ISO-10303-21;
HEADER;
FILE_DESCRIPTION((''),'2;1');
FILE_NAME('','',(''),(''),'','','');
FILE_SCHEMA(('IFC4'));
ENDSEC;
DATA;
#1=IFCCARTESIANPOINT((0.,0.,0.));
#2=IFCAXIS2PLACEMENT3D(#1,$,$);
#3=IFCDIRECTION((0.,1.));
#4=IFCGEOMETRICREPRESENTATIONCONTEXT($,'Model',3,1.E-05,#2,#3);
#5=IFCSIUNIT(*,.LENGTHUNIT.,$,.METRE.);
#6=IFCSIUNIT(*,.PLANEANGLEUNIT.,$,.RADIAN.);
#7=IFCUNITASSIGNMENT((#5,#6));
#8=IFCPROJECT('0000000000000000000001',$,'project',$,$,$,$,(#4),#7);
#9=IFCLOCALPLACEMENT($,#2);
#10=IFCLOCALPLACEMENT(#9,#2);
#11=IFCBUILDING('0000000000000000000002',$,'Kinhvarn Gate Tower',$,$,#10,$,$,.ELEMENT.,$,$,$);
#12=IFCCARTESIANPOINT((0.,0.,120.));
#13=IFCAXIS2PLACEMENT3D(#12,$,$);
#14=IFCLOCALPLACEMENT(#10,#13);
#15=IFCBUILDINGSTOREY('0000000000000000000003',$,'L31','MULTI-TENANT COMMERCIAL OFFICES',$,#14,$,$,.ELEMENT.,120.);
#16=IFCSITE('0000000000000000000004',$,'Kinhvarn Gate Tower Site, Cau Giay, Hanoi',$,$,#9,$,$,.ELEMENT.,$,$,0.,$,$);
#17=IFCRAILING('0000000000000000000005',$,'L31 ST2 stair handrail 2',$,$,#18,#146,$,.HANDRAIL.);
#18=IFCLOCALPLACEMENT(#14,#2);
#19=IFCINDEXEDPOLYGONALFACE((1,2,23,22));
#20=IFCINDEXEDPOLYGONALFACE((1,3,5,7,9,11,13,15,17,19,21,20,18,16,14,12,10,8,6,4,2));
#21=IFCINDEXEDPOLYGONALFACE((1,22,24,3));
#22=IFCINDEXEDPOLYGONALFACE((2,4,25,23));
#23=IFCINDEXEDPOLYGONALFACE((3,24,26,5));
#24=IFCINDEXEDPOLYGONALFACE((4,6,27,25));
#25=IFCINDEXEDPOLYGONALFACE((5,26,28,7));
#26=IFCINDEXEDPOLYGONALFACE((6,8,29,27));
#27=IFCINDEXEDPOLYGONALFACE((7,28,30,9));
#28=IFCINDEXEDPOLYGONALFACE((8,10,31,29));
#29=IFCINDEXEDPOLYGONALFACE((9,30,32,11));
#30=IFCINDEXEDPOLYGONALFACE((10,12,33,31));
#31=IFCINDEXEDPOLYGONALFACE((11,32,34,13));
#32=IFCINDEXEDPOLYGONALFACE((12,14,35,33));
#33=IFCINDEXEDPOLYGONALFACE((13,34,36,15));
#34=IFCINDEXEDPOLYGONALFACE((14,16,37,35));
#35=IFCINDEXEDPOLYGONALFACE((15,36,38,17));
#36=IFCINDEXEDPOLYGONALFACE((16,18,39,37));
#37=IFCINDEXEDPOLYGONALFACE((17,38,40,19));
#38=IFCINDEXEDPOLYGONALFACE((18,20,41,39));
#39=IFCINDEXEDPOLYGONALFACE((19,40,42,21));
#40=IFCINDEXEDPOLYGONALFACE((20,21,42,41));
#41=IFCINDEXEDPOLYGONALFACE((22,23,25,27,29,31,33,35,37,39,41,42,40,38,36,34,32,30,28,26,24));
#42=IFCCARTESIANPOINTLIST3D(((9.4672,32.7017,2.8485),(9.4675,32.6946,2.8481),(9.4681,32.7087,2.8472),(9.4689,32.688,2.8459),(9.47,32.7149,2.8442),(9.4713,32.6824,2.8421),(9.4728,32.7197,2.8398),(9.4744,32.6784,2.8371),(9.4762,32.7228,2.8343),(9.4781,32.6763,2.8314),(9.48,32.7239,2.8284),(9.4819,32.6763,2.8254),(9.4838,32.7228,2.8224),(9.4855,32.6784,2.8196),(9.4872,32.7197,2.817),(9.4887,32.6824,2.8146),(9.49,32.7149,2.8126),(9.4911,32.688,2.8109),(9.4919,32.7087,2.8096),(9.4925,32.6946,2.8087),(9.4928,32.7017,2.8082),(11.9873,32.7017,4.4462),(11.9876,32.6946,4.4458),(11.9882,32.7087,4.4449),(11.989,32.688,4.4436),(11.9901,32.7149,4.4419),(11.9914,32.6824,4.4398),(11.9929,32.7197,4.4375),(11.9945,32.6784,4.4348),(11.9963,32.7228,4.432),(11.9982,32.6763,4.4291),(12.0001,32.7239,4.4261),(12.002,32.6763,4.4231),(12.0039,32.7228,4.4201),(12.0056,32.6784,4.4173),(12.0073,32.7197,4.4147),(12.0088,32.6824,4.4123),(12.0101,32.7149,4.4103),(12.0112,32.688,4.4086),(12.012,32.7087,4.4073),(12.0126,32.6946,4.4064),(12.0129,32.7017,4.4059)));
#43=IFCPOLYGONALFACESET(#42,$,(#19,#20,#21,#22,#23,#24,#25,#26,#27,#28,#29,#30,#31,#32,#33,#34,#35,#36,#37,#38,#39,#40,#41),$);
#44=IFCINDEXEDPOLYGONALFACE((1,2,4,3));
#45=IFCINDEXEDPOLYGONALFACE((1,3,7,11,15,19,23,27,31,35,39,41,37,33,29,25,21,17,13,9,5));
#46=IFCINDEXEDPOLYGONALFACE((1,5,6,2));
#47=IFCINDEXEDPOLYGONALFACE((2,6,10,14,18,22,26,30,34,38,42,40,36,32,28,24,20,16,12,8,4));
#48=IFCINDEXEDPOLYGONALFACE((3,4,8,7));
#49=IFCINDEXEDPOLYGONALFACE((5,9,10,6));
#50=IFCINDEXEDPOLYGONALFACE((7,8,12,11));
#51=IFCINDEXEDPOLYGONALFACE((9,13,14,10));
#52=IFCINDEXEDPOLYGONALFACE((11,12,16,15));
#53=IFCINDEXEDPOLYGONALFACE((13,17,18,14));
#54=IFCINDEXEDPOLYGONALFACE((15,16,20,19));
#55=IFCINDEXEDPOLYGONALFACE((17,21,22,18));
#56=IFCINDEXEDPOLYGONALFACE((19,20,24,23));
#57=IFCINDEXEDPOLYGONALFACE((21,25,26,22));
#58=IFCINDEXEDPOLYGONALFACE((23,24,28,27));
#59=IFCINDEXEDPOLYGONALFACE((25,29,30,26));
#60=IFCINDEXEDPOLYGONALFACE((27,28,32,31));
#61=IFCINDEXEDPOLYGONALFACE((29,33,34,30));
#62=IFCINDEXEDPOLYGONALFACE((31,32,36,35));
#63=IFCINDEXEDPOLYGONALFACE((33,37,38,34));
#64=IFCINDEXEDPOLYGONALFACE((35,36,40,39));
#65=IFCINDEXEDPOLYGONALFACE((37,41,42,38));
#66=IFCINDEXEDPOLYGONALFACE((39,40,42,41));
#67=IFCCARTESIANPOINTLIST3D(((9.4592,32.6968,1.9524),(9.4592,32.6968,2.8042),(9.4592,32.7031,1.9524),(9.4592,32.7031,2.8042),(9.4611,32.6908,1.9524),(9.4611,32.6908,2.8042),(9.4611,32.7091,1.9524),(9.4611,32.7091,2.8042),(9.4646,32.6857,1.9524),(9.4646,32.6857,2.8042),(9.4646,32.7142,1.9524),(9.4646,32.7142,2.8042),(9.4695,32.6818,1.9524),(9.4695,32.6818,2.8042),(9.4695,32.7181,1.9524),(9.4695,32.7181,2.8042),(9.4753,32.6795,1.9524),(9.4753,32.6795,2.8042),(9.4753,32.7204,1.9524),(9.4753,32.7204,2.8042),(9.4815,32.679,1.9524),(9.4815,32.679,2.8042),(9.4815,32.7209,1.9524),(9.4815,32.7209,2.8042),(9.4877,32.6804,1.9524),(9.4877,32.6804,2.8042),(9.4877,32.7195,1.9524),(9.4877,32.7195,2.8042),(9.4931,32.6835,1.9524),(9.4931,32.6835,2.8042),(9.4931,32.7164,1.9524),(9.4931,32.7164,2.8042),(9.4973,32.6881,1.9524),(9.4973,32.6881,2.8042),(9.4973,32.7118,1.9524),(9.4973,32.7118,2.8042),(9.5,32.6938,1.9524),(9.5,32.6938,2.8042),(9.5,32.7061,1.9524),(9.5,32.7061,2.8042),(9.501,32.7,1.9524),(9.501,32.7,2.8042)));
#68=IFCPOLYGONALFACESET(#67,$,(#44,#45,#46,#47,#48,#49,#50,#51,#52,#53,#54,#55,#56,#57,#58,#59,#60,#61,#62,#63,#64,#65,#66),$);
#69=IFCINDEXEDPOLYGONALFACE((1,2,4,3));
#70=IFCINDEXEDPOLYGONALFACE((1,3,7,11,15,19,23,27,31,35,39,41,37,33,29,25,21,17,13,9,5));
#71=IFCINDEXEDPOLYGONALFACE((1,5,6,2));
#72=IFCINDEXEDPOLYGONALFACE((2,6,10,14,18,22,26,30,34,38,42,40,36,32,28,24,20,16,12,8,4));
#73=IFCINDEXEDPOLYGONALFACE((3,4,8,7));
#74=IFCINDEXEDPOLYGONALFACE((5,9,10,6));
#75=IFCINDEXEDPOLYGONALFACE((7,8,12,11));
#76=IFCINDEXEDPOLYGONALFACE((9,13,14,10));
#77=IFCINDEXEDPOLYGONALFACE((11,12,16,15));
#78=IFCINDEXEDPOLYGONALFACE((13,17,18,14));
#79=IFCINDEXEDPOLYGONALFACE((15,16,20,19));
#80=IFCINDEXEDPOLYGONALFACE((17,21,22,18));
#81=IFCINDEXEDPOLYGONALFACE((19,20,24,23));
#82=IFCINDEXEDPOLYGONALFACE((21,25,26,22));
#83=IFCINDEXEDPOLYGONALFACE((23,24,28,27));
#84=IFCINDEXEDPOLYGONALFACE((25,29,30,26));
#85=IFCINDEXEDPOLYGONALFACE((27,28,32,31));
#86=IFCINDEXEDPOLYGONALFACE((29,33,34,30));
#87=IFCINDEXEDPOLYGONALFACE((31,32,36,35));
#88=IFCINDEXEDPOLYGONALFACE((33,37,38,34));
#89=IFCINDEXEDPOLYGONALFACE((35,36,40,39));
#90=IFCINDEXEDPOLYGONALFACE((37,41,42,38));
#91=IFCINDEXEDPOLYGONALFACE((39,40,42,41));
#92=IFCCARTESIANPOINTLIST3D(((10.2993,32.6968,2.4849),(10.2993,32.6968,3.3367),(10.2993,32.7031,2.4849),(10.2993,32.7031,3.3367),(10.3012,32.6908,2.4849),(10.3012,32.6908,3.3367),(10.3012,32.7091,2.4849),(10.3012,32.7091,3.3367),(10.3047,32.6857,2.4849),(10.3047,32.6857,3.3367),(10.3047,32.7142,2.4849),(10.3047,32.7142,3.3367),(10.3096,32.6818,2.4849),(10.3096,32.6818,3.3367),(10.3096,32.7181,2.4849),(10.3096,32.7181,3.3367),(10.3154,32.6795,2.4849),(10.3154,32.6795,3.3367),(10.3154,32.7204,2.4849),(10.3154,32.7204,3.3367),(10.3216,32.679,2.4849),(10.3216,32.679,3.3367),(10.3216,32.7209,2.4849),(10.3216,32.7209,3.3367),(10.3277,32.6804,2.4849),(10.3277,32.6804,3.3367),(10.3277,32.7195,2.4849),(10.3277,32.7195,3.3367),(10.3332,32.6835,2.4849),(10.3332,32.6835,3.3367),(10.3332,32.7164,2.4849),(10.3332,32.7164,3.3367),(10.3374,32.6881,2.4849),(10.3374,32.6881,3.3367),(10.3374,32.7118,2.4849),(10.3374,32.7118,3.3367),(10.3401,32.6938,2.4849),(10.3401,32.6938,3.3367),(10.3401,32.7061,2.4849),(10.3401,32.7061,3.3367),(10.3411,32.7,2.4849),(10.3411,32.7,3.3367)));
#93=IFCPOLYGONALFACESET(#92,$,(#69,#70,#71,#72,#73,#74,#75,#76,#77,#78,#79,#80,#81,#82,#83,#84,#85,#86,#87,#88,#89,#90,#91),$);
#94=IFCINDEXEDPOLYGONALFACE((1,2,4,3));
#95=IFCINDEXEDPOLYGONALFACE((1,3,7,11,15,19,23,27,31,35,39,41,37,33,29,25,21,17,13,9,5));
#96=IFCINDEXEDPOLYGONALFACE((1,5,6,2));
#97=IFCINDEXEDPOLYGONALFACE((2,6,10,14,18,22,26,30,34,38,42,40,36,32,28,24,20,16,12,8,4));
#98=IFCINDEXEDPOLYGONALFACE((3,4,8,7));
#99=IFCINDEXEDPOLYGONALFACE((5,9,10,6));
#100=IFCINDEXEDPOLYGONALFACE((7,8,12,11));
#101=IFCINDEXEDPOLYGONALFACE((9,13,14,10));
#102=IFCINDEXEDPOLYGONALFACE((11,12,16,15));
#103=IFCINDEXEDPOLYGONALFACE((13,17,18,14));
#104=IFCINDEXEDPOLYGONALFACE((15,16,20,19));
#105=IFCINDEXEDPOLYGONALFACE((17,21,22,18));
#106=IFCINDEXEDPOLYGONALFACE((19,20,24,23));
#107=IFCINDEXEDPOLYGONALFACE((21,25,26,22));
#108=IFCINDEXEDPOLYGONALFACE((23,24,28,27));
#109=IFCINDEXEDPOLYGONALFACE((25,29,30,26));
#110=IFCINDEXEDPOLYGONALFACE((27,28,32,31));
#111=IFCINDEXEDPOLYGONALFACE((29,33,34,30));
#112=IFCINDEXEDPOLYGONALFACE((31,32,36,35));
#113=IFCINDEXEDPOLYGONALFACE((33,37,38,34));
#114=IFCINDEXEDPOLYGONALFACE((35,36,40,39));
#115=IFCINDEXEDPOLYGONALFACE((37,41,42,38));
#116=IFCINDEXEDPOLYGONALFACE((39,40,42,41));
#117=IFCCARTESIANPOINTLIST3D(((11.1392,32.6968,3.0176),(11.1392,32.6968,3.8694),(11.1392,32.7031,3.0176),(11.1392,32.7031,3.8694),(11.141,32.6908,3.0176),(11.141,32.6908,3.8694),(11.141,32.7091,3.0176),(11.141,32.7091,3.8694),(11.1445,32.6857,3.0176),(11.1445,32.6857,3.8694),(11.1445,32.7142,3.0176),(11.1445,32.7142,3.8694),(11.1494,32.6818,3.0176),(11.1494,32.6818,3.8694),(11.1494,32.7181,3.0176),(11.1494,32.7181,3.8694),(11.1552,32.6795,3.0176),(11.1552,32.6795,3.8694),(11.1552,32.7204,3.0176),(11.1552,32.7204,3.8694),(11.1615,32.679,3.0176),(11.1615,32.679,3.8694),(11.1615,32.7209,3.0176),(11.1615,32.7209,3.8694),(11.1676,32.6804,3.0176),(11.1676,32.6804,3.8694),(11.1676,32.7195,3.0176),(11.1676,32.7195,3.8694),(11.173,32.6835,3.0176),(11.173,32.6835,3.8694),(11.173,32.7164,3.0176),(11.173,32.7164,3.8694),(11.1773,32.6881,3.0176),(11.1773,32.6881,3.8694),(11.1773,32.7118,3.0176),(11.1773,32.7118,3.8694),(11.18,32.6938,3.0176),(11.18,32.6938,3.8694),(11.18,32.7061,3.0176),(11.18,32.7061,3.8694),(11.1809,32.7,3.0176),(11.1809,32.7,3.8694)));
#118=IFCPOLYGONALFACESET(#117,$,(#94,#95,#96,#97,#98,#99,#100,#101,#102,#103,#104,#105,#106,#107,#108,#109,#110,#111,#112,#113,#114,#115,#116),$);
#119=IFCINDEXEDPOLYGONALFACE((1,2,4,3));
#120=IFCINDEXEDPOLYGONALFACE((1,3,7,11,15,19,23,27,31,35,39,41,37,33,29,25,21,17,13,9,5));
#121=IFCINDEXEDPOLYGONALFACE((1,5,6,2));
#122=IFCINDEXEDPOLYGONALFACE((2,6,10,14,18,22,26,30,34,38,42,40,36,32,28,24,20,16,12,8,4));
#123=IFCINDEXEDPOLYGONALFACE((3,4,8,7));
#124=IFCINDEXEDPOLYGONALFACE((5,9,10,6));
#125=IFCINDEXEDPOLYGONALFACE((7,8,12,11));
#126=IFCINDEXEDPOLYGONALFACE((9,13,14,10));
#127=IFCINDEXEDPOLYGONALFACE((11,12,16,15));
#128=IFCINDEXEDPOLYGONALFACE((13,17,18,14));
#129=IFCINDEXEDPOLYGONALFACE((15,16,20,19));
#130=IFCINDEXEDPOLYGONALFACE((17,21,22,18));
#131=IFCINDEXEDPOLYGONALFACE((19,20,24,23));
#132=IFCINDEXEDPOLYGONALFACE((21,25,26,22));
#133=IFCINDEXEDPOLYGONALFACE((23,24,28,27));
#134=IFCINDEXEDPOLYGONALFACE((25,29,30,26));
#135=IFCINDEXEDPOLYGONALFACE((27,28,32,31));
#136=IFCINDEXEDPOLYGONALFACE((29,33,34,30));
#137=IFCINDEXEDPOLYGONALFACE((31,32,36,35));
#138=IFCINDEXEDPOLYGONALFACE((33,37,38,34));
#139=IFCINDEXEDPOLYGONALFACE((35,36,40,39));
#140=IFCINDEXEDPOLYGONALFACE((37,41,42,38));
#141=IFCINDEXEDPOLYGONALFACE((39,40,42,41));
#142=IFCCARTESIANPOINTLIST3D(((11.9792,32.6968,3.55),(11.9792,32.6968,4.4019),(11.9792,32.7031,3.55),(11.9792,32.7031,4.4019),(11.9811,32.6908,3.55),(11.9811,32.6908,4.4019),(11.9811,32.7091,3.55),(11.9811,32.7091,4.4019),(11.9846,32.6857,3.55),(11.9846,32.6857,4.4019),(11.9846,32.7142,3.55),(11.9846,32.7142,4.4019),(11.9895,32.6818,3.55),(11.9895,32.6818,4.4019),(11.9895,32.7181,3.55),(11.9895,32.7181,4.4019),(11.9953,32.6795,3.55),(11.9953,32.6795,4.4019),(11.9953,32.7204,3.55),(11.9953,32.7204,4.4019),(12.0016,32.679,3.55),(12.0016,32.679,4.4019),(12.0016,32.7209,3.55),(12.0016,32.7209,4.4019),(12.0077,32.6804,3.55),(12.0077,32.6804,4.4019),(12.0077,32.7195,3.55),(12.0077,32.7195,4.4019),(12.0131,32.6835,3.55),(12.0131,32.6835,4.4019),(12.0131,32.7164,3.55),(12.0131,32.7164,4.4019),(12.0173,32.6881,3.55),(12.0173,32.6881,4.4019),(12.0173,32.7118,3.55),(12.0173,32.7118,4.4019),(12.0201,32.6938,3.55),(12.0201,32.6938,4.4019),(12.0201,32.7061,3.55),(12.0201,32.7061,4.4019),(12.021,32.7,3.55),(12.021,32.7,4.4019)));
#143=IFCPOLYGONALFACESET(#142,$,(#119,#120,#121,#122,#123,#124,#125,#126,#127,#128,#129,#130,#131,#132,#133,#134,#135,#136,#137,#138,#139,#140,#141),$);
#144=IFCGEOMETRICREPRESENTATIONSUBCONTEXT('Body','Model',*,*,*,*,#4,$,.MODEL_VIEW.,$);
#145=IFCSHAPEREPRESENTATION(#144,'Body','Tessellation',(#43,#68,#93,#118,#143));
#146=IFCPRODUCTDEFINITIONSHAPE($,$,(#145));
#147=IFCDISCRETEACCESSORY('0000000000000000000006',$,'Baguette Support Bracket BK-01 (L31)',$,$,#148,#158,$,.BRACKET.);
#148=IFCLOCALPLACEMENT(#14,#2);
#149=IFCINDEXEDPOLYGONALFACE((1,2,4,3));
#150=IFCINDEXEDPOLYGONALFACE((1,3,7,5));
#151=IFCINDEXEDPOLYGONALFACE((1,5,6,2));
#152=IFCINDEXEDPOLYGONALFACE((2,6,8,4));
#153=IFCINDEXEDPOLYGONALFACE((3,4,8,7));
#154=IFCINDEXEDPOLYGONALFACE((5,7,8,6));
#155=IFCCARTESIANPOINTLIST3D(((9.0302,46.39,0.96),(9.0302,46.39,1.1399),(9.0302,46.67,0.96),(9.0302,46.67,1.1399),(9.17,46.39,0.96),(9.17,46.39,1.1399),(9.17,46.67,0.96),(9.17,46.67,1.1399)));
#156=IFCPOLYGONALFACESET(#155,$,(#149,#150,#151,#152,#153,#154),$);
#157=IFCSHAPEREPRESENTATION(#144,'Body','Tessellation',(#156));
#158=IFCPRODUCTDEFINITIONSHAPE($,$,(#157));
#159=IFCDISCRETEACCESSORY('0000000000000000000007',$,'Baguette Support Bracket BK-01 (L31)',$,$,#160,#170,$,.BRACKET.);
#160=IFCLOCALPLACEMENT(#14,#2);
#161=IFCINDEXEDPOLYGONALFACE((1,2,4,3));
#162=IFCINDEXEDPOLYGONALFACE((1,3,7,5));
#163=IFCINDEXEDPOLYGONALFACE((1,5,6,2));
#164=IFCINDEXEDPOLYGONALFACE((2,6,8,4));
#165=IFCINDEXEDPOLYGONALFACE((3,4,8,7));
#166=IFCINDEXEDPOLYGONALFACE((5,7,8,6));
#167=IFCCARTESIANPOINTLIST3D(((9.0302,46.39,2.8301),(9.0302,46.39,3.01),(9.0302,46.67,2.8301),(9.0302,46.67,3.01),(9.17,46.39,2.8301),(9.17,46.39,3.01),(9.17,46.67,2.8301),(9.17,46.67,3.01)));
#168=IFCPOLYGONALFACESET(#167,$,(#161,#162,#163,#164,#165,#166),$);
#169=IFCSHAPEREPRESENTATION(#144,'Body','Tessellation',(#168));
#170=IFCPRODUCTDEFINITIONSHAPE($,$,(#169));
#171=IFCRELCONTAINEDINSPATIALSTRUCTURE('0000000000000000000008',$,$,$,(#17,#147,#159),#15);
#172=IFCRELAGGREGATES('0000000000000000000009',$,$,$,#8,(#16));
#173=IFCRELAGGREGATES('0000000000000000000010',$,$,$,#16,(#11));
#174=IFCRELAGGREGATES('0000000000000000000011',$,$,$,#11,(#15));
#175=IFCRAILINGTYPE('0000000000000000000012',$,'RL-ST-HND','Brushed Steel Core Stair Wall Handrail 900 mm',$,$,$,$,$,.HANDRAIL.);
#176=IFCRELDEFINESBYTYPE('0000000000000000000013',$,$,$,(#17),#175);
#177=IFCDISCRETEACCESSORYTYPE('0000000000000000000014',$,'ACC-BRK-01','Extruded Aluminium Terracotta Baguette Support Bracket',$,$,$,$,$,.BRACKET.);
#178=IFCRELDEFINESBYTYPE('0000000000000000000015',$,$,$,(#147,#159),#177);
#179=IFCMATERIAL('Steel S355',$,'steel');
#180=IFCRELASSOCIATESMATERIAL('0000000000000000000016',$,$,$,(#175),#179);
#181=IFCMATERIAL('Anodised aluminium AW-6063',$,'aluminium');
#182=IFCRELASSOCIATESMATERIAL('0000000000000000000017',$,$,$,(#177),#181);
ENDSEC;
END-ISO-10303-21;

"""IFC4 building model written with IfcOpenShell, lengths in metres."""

from ifc_helpers import new_model, si_unit, direction, frame, origin, origin_2d, place, context, subcontext, project, spatial, rectangle, circle, extrude, material, type_object, element, save


model = new_model("IFC4")

# Units and contexts
model_context = context("Model", 3, precision=1e-05, world=origin(), true_north=direction((0.0, 1.0)))
body_context = subcontext(model_context, "Body", "Model", "MODEL_VIEW")
ifc_project = project(units=[si_unit("LENGTHUNIT", "METRE"), si_unit("PLANEANGLEUNIT", "RADIAN")], contexts=[model_context])

# Site, building, storey
site_placement = place(None, origin())
site = spatial("IfcSite", under=ifc_project, at=site_placement, Name="Kinhvarn Gate Tower Site, Cau Giay, Hanoi", CompositionType="ELEMENT", RefElevation=0.0)
building_placement = place(site_placement, origin())
building = spatial("IfcBuilding", under=site, at=building_placement, Name="Kinhvarn Gate Tower", CompositionType="ELEMENT")
storey_placement = place(building_placement, frame((0.0, 0.0, 120.0)))
storey = spatial("IfcBuildingStorey", under=building, at=storey_placement, Name="L31", Description="MULTI-TENANT COMMERCIAL OFFICES", CompositionType="ELEMENT", Elevation=120.0)

# Shared definitions
ifc_material_1 = material(Name="Anodised aluminium AW-6063", Category="aluminium")

# Shared definitions
ifc_material_2 = material(Name="Steel S355", Category="steel")

# Railing
railing_type_1 = type_object("IfcRailingType", Name="RL-ST-HND", Description="Brushed Steel Core Stair Wall Handrail 900 mm", PredefinedType="HANDRAIL", material=ifc_material_2)
railing_1_placement = place(storey_placement, frame((9.48, 32.7, 1.9524)))
element("IfcRailing", 1, at=railing_1_placement, inside=storey, type_object=railing_type_1, Name="L31 ST2 stair handrail 2", PredefinedType="HANDRAIL", context=body_context, shape_type="SweptSolid", body=[
    extrude(circle(Radius=0.0239, at=origin_2d()), frame((0.0, 0.0, 0.876), z_axis=(0.84457, 0.0, 0.535445), x_axis=(0.0, 1.0, 0.0)), (0.0, 0.0, 1.0), 2.9839),
    extrude(circle(Radius=0.021, at=origin_2d()), origin(), (0.0, 0.0, 1.0), 0.8518),
    extrude(circle(Radius=0.021, at=origin_2d()), frame((0.8401, 0.0, 0.5325)), (0.0, 0.0, 1.0), 0.8518),
    extrude(circle(Radius=0.021, at=origin_2d()), frame((1.6799, 0.0, 1.0652)), (0.0, 0.0, 1.0), 0.8518),
    extrude(circle(Radius=0.021, at=origin_2d()), frame((2.52, 0.0, 1.5977)), (0.0, 0.0, 1.0), 0.8518),
])

# Discrete accessories
discrete_accessory_type = type_object("IfcDiscreteAccessoryType", Name="ACC-BRK-01", Description="Extruded Aluminium Terracotta Baguette Support Bracket", PredefinedType="BRACKET", material=ifc_material_1)
for number, where, z_axis, x_axis, name in (
    (2, (9.1001, 46.53, 0.96), (0.0, 0.0, 1.0), (-1.0, 0.0, 0.0), "Baguette Support Bracket BK-01 (L31)"),
    (3, (9.1001, 46.53, 2.8301), (0.0, 0.0, 1.0), (-1.0, 0.0, 0.0), "Baguette Support Bracket BK-01 (L31)"),
):
    element("IfcDiscreteAccessory", number, at=place(storey_placement, frame(where, z_axis=z_axis, x_axis=x_axis)), inside=storey, type_object=discrete_accessory_type, Name=name, PredefinedType="BRACKET", context=body_context, shape_type="SweptSolid", body=[
        extrude(rectangle(XDim=0.1399, YDim=0.28, at=origin_2d()), origin(), (0.0, 0.0, 1.0), 0.1799),
    ])

save(model, "model.ifc")
